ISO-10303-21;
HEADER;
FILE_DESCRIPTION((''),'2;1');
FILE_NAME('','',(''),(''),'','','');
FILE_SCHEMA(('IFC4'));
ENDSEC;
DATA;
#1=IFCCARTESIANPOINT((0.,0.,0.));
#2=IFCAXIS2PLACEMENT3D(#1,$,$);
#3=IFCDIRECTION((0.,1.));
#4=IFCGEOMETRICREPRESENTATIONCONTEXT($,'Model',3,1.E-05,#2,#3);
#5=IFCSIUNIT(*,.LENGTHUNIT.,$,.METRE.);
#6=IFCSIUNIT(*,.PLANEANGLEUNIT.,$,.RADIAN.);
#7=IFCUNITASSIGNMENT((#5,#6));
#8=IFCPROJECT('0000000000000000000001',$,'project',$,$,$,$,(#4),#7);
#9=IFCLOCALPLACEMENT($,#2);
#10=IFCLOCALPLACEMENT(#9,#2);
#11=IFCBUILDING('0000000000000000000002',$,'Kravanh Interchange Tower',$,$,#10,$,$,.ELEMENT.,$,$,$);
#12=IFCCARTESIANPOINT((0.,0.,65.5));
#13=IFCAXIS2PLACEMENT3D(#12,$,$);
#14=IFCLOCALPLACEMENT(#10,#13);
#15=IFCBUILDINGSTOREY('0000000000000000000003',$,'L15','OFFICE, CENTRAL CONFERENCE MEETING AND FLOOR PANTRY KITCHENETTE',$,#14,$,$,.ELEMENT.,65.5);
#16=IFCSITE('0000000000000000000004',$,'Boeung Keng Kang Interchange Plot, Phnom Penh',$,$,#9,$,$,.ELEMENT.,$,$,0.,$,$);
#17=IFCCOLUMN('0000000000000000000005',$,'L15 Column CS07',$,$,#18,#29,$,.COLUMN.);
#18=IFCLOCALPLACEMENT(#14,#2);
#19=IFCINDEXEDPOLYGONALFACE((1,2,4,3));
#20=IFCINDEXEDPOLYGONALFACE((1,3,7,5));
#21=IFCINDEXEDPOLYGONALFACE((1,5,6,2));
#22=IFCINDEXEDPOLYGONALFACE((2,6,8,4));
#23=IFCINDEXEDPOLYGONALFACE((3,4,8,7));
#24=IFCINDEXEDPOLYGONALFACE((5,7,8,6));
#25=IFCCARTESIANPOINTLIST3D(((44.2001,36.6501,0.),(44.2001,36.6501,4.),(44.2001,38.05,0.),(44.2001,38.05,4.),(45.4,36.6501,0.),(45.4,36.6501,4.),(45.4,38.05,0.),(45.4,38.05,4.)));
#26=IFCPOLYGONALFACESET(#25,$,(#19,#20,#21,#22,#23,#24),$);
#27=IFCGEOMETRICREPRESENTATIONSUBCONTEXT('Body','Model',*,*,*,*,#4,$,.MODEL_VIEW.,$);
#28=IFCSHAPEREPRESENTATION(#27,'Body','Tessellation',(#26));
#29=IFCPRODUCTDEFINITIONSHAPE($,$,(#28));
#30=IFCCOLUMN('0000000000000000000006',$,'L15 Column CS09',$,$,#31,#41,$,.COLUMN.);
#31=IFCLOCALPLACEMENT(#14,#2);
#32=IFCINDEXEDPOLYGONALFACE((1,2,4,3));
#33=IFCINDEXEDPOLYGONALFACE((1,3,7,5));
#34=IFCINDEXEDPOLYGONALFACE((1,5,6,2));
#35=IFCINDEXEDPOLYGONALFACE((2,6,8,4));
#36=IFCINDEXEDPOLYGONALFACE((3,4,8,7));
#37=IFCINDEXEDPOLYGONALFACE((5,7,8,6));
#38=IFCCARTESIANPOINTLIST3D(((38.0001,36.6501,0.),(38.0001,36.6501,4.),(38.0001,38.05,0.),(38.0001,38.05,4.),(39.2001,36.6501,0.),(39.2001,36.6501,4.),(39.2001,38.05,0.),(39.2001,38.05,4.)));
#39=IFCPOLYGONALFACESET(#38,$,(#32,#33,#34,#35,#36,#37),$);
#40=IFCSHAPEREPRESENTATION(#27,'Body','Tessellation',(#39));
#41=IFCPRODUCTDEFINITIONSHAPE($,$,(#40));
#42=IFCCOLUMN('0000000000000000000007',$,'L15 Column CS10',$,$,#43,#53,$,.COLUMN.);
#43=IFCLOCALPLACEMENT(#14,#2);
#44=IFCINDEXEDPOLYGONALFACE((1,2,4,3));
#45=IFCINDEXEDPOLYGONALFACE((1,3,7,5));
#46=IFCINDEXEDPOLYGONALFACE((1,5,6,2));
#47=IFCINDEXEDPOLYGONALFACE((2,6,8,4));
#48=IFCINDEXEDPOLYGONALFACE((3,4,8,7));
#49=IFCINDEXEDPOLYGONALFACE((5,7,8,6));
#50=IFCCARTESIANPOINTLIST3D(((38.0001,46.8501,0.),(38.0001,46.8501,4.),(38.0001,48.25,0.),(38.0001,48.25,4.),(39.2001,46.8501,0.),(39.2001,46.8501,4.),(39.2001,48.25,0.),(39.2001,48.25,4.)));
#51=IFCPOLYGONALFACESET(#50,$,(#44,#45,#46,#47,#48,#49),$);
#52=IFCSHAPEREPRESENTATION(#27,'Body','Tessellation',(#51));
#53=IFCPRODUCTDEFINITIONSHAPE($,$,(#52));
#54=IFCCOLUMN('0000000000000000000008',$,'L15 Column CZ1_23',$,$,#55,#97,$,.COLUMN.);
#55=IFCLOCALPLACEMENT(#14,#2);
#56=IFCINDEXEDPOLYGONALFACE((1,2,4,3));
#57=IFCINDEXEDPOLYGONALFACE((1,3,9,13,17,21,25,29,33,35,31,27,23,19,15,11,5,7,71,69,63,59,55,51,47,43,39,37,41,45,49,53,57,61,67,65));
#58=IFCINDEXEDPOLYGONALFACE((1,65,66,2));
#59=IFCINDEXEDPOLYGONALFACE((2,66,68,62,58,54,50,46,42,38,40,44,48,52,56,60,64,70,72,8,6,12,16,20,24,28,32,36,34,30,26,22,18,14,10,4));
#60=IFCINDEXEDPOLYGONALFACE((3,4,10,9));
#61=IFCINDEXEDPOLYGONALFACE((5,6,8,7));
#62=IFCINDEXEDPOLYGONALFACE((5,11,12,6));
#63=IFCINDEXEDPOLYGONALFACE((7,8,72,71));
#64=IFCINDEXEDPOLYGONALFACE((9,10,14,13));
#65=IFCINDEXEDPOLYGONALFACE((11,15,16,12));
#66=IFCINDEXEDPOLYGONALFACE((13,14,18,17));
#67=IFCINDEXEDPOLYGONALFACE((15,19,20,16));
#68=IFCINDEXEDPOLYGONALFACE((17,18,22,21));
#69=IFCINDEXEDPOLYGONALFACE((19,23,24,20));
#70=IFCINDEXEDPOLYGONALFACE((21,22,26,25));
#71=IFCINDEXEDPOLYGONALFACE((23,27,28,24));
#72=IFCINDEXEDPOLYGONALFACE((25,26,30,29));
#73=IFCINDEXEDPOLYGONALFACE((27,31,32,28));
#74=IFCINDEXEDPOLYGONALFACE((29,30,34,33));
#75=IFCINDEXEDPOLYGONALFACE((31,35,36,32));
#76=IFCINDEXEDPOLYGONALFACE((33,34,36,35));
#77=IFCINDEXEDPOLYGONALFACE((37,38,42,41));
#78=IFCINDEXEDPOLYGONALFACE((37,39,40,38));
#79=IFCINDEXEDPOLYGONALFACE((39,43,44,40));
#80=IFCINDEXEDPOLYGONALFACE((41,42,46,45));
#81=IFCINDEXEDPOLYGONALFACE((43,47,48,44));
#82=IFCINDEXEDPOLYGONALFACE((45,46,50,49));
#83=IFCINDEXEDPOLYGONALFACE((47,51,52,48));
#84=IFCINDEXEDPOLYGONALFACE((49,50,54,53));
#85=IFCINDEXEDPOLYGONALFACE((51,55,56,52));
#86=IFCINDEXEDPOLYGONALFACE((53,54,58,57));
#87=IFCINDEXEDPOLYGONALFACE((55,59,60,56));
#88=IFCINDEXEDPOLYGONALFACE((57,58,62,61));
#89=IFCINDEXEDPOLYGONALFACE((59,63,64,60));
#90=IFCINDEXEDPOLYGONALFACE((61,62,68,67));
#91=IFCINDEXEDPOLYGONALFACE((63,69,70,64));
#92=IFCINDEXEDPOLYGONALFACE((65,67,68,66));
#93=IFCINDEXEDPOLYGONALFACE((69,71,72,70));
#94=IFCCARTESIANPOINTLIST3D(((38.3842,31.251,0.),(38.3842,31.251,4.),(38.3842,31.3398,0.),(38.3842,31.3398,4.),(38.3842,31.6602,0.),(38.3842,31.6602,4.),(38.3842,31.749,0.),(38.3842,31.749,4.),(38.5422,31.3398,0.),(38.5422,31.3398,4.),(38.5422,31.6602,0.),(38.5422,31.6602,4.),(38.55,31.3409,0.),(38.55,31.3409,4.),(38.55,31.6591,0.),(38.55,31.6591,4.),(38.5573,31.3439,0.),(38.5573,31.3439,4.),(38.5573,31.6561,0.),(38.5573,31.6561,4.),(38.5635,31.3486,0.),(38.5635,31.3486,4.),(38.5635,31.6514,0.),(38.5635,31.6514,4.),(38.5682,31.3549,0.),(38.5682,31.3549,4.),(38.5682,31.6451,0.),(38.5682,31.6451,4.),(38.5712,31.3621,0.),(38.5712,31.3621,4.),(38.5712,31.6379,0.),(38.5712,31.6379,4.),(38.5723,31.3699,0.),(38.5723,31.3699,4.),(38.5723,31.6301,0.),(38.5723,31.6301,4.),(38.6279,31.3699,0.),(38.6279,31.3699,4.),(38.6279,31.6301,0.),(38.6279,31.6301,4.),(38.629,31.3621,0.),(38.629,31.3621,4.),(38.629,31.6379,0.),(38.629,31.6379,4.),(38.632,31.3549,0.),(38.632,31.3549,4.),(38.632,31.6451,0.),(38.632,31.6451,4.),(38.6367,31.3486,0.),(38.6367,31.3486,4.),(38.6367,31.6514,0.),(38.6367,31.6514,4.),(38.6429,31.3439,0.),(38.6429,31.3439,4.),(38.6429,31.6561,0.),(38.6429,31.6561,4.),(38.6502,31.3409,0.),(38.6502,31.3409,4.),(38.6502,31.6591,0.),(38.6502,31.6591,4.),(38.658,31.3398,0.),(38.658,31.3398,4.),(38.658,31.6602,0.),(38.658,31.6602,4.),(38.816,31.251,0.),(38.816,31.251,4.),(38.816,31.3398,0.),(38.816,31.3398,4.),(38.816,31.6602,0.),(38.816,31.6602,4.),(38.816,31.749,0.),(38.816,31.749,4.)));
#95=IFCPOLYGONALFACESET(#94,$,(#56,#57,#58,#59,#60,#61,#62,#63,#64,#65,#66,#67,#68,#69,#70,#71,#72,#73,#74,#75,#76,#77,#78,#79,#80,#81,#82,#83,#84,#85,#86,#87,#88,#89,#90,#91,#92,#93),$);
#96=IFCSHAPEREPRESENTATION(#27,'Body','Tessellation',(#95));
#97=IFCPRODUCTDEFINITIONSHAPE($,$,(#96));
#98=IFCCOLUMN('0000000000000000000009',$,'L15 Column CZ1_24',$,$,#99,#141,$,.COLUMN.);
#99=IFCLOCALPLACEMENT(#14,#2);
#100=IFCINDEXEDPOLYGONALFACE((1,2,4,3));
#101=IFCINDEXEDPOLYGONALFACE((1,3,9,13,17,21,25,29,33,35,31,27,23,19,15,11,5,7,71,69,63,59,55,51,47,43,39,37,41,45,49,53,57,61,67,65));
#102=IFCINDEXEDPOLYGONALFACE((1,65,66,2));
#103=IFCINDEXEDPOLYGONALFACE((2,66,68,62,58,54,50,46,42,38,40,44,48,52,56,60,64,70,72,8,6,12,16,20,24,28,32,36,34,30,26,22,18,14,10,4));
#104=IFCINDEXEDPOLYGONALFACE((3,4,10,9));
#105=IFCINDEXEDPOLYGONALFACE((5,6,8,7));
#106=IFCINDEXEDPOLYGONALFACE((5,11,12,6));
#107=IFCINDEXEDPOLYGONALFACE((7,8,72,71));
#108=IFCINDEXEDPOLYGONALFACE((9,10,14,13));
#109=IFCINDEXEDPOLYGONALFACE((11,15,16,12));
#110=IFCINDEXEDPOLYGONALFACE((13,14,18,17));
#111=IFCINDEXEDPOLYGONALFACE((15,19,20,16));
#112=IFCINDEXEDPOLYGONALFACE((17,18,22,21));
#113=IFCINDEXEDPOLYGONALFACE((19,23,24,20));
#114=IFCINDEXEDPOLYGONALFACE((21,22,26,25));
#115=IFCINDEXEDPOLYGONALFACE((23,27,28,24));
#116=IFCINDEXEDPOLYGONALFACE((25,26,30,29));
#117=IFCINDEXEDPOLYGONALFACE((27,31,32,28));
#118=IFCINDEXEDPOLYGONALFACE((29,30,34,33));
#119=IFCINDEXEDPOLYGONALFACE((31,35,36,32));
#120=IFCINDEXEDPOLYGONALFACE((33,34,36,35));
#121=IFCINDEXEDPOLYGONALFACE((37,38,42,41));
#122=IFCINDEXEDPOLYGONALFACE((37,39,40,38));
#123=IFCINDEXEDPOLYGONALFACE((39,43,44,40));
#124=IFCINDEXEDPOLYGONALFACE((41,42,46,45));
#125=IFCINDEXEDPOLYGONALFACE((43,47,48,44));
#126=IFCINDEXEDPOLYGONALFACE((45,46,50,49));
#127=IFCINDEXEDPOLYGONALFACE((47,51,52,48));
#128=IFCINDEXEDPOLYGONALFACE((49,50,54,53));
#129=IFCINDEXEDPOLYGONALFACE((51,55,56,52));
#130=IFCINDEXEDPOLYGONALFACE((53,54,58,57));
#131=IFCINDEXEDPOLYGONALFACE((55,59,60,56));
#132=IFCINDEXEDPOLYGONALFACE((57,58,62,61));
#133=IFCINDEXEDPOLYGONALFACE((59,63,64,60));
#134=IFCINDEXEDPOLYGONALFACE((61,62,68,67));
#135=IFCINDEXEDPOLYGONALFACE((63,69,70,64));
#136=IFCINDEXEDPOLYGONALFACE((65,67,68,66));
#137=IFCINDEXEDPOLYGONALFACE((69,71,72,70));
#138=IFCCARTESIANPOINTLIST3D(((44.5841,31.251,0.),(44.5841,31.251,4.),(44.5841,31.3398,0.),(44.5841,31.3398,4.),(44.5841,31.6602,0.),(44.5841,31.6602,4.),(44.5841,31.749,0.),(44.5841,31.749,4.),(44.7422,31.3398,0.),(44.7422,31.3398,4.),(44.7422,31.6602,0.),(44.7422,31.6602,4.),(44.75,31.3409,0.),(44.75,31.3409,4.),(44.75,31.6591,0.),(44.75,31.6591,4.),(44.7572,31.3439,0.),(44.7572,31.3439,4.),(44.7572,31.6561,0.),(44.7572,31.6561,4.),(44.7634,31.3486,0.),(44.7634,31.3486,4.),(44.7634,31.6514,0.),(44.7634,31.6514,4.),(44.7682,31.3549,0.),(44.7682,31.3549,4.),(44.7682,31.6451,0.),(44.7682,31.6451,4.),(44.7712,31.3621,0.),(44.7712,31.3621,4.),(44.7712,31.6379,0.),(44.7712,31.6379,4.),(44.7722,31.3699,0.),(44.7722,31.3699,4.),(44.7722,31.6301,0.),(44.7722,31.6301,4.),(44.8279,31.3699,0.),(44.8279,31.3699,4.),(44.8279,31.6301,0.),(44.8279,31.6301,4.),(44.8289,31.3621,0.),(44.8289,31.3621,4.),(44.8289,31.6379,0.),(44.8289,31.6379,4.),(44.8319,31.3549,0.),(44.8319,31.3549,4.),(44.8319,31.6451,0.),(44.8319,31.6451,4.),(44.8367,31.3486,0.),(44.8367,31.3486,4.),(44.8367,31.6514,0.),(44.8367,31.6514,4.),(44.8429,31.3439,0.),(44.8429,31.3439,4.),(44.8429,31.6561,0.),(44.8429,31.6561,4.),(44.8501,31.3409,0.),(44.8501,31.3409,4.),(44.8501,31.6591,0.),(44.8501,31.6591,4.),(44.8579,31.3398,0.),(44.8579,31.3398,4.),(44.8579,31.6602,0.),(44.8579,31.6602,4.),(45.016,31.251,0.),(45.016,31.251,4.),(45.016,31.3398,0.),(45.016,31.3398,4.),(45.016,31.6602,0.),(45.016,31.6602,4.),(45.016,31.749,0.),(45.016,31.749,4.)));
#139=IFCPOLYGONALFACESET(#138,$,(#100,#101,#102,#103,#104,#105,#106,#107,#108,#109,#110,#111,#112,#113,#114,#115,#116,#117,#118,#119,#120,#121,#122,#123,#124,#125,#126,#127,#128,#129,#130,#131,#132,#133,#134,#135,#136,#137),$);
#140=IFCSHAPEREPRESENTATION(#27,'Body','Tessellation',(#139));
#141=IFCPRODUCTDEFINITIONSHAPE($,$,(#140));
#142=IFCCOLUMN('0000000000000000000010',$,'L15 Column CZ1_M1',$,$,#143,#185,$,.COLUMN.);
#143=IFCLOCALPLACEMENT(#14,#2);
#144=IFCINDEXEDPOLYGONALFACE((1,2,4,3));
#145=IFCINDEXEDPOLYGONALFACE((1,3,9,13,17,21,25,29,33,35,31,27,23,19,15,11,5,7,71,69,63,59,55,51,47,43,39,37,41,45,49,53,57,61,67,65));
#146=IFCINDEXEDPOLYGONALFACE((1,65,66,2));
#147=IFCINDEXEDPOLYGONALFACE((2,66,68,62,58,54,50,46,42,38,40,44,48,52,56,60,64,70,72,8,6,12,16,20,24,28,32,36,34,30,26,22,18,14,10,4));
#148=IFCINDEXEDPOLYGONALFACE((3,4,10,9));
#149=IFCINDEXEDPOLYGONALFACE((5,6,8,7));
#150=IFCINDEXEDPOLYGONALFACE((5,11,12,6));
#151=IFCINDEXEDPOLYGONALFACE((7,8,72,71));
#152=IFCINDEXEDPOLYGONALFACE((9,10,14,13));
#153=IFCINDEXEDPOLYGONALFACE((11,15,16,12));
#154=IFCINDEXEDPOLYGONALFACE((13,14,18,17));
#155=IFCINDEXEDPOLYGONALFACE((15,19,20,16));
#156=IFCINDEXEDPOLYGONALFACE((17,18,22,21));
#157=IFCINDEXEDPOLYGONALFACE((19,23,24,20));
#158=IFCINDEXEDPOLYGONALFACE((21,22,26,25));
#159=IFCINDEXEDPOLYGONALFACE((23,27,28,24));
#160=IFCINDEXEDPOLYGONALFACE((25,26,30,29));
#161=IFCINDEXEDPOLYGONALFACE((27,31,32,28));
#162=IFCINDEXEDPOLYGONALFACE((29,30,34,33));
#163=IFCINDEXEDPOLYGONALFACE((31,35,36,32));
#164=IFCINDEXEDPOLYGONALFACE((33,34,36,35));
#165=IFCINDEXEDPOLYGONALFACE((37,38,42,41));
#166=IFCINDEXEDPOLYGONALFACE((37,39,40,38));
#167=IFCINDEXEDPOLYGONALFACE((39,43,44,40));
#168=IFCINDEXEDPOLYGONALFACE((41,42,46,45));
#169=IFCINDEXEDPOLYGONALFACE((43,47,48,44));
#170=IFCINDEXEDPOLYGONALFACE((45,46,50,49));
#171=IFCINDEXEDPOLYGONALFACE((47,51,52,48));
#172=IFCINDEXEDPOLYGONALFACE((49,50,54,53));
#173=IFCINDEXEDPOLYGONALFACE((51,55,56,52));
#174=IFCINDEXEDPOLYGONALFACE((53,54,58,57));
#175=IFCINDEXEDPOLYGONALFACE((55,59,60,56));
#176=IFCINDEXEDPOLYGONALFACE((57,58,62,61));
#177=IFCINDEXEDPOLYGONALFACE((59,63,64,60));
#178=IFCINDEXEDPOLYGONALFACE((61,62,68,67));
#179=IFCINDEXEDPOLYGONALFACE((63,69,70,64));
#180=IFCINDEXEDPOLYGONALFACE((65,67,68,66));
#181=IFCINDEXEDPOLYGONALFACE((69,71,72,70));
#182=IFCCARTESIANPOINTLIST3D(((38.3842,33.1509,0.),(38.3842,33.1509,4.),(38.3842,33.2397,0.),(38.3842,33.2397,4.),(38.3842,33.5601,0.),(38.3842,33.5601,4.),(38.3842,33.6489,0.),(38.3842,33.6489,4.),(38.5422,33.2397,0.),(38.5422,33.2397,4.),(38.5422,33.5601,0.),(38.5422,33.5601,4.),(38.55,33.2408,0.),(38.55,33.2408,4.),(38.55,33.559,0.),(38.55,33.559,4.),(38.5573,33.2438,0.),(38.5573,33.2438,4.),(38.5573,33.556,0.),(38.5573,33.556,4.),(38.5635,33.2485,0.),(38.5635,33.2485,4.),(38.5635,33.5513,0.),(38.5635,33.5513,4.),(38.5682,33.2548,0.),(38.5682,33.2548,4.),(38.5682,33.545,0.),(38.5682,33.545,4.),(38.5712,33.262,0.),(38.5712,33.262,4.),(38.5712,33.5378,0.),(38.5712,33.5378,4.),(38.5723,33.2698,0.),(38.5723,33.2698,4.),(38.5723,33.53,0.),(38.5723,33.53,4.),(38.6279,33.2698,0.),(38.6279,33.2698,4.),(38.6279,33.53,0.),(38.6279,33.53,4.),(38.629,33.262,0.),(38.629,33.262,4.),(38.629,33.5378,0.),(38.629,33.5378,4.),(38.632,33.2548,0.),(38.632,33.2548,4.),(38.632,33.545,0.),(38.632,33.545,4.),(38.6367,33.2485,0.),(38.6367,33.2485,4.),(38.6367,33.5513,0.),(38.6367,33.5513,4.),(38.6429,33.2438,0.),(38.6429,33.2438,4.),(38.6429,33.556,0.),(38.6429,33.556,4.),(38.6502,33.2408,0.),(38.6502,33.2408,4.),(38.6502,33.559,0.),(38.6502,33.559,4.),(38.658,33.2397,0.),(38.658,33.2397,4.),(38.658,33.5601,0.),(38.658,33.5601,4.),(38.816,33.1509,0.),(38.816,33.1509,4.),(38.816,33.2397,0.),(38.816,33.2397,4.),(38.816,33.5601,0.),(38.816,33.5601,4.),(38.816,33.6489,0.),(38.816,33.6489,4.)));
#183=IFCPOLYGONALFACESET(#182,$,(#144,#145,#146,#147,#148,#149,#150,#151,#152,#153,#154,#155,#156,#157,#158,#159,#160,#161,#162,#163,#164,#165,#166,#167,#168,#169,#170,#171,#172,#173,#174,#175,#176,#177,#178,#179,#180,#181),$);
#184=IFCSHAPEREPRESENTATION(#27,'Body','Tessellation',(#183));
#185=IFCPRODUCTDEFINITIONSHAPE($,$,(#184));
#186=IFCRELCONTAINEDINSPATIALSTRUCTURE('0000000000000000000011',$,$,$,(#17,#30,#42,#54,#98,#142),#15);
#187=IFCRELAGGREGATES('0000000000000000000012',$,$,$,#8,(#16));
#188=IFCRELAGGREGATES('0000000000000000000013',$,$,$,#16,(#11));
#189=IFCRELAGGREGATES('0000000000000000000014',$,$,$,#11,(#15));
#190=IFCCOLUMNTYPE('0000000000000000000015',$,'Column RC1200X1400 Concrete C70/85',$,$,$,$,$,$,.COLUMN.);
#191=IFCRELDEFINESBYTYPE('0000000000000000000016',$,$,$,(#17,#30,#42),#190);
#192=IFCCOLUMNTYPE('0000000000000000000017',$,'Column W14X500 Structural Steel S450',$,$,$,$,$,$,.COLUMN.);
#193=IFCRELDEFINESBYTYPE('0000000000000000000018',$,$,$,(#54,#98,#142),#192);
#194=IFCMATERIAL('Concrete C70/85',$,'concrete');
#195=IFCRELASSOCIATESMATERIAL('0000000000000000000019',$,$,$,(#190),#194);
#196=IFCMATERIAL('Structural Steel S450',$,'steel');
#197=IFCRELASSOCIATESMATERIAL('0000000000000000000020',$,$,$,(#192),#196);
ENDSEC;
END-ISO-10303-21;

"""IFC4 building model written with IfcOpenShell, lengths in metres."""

from ifc_helpers import new_model, si_unit, direction, frame, origin, origin_2d, place, context, subcontext, project, spatial, rectangle, i_section, extrude, material, material_profile, profile_set, type_object, element, save


model = new_model("IFC4")

# Units and contexts
model_context = context("Model", 3, precision=1e-05, world=origin(), true_north=direction((0.0, 1.0)))
body_context = subcontext(model_context, "Body", "Model", "MODEL_VIEW")
ifc_project = project(units=[si_unit("LENGTHUNIT", "METRE"), si_unit("PLANEANGLEUNIT", "RADIAN")], contexts=[model_context])

# Site, building, storey
site_placement = place(None, origin())
site = spatial("IfcSite", under=ifc_project, at=site_placement, Name="Boeung Keng Kang Interchange Plot, Phnom Penh", CompositionType="ELEMENT", RefElevation=0.0)
building_placement = place(site_placement, origin())
building = spatial("IfcBuilding", under=site, at=building_placement, Name="Kravanh Interchange Tower", CompositionType="ELEMENT")
storey_placement = place(building_placement, frame((0.0, 0.0, 65.5)))
storey = spatial("IfcBuildingStorey", under=building, at=storey_placement, Name="L15", Description="OFFICE, CENTRAL CONFERENCE MEETING AND FLOOR PANTRY KITCHENETTE", CompositionType="ELEMENT", Elevation=65.5)

# Columns
ifc_material_1 = material(Name="Concrete C70/85", Category="concrete")
ifc_material_profile_1 = material_profile(ifc_material_1, rectangle(XDim=1.2, YDim=1.3999, at=origin_2d()), Name="RC1200X1400")
ifc_profile_set_1 = profile_set([ifc_material_profile_1], Name="Concrete C70/85")
column_type_1 = type_object("IfcColumnType", Name="Column RC1200X1400 Concrete C70/85", PredefinedType="COLUMN", material=ifc_profile_set_1)
for number, where, z_axis, x_axis, name in (
    (1, (44.8, 37.3501, 0.0), (0.0, 0.0, 1.0), (1.0, 0.0, 0.0), "L15 Column CS07"),
    (2, (38.6001, 37.3501, 0.0), (0.0, 0.0, 1.0), (1.0, 0.0, 0.0), "L15 Column CS09"),
    (3, (38.6001, 47.55, 0.0), (0.0, 0.0, 1.0), (1.0, 0.0, 0.0), "L15 Column CS10"),
):
    element("IfcColumn", number, at=place(storey_placement, frame(where, z_axis=z_axis, x_axis=x_axis)), inside=storey, type_object=column_type_1, Name=name, PredefinedType="COLUMN", context=body_context, shape_type="SweptSolid", body=[
        extrude(rectangle(XDim=1.2, YDim=1.3999, at=origin_2d()), origin(), (0.0, 0.0, 1.0), 4.0),
    ])
ifc_material_2 = material(Name="Structural Steel S450", Category="steel")
ifc_material_profile_2 = material_profile(ifc_material_2, i_section(OverallWidth=0.4319, OverallDepth=0.498, WebThickness=0.0557, FlangeThickness=0.0889, FilletRadius=0.03, at=origin_2d()), Name="W14X500")
ifc_profile_set_2 = profile_set([ifc_material_profile_2], Name="Structural Steel S450")
column_type_2 = type_object("IfcColumnType", Name="Column W14X500 Structural Steel S450", PredefinedType="COLUMN", material=ifc_profile_set_2)
for number, where, z_axis, x_axis, name in (
    (4, (38.6001, 31.5, 0.0), (0.0, 0.0, 1.0), (1.0, 0.0, 0.0), "L15 Column CZ1_23"),
    (5, (44.8, 31.5, 0.0), (0.0, 0.0, 1.0), (1.0, 0.0, 0.0), "L15 Column CZ1_24"),
    (6, (38.6001, 33.3999, 0.0), (0.0, 0.0, 1.0), (1.0, 0.0, 0.0), "L15 Column CZ1_M1"),
):
    element("IfcColumn", number, at=place(storey_placement, frame(where, z_axis=z_axis, x_axis=x_axis)), inside=storey, type_object=column_type_2, Name=name, PredefinedType="COLUMN", context=body_context, shape_type="SweptSolid", body=[
        extrude(i_section(OverallWidth=0.4319, OverallDepth=0.498, WebThickness=0.0557, FlangeThickness=0.0889, FilletRadius=0.03, at=origin_2d()), origin(), (0.0, 0.0, 1.0), 4.0),
    ])

save(model, "model.ifc")
